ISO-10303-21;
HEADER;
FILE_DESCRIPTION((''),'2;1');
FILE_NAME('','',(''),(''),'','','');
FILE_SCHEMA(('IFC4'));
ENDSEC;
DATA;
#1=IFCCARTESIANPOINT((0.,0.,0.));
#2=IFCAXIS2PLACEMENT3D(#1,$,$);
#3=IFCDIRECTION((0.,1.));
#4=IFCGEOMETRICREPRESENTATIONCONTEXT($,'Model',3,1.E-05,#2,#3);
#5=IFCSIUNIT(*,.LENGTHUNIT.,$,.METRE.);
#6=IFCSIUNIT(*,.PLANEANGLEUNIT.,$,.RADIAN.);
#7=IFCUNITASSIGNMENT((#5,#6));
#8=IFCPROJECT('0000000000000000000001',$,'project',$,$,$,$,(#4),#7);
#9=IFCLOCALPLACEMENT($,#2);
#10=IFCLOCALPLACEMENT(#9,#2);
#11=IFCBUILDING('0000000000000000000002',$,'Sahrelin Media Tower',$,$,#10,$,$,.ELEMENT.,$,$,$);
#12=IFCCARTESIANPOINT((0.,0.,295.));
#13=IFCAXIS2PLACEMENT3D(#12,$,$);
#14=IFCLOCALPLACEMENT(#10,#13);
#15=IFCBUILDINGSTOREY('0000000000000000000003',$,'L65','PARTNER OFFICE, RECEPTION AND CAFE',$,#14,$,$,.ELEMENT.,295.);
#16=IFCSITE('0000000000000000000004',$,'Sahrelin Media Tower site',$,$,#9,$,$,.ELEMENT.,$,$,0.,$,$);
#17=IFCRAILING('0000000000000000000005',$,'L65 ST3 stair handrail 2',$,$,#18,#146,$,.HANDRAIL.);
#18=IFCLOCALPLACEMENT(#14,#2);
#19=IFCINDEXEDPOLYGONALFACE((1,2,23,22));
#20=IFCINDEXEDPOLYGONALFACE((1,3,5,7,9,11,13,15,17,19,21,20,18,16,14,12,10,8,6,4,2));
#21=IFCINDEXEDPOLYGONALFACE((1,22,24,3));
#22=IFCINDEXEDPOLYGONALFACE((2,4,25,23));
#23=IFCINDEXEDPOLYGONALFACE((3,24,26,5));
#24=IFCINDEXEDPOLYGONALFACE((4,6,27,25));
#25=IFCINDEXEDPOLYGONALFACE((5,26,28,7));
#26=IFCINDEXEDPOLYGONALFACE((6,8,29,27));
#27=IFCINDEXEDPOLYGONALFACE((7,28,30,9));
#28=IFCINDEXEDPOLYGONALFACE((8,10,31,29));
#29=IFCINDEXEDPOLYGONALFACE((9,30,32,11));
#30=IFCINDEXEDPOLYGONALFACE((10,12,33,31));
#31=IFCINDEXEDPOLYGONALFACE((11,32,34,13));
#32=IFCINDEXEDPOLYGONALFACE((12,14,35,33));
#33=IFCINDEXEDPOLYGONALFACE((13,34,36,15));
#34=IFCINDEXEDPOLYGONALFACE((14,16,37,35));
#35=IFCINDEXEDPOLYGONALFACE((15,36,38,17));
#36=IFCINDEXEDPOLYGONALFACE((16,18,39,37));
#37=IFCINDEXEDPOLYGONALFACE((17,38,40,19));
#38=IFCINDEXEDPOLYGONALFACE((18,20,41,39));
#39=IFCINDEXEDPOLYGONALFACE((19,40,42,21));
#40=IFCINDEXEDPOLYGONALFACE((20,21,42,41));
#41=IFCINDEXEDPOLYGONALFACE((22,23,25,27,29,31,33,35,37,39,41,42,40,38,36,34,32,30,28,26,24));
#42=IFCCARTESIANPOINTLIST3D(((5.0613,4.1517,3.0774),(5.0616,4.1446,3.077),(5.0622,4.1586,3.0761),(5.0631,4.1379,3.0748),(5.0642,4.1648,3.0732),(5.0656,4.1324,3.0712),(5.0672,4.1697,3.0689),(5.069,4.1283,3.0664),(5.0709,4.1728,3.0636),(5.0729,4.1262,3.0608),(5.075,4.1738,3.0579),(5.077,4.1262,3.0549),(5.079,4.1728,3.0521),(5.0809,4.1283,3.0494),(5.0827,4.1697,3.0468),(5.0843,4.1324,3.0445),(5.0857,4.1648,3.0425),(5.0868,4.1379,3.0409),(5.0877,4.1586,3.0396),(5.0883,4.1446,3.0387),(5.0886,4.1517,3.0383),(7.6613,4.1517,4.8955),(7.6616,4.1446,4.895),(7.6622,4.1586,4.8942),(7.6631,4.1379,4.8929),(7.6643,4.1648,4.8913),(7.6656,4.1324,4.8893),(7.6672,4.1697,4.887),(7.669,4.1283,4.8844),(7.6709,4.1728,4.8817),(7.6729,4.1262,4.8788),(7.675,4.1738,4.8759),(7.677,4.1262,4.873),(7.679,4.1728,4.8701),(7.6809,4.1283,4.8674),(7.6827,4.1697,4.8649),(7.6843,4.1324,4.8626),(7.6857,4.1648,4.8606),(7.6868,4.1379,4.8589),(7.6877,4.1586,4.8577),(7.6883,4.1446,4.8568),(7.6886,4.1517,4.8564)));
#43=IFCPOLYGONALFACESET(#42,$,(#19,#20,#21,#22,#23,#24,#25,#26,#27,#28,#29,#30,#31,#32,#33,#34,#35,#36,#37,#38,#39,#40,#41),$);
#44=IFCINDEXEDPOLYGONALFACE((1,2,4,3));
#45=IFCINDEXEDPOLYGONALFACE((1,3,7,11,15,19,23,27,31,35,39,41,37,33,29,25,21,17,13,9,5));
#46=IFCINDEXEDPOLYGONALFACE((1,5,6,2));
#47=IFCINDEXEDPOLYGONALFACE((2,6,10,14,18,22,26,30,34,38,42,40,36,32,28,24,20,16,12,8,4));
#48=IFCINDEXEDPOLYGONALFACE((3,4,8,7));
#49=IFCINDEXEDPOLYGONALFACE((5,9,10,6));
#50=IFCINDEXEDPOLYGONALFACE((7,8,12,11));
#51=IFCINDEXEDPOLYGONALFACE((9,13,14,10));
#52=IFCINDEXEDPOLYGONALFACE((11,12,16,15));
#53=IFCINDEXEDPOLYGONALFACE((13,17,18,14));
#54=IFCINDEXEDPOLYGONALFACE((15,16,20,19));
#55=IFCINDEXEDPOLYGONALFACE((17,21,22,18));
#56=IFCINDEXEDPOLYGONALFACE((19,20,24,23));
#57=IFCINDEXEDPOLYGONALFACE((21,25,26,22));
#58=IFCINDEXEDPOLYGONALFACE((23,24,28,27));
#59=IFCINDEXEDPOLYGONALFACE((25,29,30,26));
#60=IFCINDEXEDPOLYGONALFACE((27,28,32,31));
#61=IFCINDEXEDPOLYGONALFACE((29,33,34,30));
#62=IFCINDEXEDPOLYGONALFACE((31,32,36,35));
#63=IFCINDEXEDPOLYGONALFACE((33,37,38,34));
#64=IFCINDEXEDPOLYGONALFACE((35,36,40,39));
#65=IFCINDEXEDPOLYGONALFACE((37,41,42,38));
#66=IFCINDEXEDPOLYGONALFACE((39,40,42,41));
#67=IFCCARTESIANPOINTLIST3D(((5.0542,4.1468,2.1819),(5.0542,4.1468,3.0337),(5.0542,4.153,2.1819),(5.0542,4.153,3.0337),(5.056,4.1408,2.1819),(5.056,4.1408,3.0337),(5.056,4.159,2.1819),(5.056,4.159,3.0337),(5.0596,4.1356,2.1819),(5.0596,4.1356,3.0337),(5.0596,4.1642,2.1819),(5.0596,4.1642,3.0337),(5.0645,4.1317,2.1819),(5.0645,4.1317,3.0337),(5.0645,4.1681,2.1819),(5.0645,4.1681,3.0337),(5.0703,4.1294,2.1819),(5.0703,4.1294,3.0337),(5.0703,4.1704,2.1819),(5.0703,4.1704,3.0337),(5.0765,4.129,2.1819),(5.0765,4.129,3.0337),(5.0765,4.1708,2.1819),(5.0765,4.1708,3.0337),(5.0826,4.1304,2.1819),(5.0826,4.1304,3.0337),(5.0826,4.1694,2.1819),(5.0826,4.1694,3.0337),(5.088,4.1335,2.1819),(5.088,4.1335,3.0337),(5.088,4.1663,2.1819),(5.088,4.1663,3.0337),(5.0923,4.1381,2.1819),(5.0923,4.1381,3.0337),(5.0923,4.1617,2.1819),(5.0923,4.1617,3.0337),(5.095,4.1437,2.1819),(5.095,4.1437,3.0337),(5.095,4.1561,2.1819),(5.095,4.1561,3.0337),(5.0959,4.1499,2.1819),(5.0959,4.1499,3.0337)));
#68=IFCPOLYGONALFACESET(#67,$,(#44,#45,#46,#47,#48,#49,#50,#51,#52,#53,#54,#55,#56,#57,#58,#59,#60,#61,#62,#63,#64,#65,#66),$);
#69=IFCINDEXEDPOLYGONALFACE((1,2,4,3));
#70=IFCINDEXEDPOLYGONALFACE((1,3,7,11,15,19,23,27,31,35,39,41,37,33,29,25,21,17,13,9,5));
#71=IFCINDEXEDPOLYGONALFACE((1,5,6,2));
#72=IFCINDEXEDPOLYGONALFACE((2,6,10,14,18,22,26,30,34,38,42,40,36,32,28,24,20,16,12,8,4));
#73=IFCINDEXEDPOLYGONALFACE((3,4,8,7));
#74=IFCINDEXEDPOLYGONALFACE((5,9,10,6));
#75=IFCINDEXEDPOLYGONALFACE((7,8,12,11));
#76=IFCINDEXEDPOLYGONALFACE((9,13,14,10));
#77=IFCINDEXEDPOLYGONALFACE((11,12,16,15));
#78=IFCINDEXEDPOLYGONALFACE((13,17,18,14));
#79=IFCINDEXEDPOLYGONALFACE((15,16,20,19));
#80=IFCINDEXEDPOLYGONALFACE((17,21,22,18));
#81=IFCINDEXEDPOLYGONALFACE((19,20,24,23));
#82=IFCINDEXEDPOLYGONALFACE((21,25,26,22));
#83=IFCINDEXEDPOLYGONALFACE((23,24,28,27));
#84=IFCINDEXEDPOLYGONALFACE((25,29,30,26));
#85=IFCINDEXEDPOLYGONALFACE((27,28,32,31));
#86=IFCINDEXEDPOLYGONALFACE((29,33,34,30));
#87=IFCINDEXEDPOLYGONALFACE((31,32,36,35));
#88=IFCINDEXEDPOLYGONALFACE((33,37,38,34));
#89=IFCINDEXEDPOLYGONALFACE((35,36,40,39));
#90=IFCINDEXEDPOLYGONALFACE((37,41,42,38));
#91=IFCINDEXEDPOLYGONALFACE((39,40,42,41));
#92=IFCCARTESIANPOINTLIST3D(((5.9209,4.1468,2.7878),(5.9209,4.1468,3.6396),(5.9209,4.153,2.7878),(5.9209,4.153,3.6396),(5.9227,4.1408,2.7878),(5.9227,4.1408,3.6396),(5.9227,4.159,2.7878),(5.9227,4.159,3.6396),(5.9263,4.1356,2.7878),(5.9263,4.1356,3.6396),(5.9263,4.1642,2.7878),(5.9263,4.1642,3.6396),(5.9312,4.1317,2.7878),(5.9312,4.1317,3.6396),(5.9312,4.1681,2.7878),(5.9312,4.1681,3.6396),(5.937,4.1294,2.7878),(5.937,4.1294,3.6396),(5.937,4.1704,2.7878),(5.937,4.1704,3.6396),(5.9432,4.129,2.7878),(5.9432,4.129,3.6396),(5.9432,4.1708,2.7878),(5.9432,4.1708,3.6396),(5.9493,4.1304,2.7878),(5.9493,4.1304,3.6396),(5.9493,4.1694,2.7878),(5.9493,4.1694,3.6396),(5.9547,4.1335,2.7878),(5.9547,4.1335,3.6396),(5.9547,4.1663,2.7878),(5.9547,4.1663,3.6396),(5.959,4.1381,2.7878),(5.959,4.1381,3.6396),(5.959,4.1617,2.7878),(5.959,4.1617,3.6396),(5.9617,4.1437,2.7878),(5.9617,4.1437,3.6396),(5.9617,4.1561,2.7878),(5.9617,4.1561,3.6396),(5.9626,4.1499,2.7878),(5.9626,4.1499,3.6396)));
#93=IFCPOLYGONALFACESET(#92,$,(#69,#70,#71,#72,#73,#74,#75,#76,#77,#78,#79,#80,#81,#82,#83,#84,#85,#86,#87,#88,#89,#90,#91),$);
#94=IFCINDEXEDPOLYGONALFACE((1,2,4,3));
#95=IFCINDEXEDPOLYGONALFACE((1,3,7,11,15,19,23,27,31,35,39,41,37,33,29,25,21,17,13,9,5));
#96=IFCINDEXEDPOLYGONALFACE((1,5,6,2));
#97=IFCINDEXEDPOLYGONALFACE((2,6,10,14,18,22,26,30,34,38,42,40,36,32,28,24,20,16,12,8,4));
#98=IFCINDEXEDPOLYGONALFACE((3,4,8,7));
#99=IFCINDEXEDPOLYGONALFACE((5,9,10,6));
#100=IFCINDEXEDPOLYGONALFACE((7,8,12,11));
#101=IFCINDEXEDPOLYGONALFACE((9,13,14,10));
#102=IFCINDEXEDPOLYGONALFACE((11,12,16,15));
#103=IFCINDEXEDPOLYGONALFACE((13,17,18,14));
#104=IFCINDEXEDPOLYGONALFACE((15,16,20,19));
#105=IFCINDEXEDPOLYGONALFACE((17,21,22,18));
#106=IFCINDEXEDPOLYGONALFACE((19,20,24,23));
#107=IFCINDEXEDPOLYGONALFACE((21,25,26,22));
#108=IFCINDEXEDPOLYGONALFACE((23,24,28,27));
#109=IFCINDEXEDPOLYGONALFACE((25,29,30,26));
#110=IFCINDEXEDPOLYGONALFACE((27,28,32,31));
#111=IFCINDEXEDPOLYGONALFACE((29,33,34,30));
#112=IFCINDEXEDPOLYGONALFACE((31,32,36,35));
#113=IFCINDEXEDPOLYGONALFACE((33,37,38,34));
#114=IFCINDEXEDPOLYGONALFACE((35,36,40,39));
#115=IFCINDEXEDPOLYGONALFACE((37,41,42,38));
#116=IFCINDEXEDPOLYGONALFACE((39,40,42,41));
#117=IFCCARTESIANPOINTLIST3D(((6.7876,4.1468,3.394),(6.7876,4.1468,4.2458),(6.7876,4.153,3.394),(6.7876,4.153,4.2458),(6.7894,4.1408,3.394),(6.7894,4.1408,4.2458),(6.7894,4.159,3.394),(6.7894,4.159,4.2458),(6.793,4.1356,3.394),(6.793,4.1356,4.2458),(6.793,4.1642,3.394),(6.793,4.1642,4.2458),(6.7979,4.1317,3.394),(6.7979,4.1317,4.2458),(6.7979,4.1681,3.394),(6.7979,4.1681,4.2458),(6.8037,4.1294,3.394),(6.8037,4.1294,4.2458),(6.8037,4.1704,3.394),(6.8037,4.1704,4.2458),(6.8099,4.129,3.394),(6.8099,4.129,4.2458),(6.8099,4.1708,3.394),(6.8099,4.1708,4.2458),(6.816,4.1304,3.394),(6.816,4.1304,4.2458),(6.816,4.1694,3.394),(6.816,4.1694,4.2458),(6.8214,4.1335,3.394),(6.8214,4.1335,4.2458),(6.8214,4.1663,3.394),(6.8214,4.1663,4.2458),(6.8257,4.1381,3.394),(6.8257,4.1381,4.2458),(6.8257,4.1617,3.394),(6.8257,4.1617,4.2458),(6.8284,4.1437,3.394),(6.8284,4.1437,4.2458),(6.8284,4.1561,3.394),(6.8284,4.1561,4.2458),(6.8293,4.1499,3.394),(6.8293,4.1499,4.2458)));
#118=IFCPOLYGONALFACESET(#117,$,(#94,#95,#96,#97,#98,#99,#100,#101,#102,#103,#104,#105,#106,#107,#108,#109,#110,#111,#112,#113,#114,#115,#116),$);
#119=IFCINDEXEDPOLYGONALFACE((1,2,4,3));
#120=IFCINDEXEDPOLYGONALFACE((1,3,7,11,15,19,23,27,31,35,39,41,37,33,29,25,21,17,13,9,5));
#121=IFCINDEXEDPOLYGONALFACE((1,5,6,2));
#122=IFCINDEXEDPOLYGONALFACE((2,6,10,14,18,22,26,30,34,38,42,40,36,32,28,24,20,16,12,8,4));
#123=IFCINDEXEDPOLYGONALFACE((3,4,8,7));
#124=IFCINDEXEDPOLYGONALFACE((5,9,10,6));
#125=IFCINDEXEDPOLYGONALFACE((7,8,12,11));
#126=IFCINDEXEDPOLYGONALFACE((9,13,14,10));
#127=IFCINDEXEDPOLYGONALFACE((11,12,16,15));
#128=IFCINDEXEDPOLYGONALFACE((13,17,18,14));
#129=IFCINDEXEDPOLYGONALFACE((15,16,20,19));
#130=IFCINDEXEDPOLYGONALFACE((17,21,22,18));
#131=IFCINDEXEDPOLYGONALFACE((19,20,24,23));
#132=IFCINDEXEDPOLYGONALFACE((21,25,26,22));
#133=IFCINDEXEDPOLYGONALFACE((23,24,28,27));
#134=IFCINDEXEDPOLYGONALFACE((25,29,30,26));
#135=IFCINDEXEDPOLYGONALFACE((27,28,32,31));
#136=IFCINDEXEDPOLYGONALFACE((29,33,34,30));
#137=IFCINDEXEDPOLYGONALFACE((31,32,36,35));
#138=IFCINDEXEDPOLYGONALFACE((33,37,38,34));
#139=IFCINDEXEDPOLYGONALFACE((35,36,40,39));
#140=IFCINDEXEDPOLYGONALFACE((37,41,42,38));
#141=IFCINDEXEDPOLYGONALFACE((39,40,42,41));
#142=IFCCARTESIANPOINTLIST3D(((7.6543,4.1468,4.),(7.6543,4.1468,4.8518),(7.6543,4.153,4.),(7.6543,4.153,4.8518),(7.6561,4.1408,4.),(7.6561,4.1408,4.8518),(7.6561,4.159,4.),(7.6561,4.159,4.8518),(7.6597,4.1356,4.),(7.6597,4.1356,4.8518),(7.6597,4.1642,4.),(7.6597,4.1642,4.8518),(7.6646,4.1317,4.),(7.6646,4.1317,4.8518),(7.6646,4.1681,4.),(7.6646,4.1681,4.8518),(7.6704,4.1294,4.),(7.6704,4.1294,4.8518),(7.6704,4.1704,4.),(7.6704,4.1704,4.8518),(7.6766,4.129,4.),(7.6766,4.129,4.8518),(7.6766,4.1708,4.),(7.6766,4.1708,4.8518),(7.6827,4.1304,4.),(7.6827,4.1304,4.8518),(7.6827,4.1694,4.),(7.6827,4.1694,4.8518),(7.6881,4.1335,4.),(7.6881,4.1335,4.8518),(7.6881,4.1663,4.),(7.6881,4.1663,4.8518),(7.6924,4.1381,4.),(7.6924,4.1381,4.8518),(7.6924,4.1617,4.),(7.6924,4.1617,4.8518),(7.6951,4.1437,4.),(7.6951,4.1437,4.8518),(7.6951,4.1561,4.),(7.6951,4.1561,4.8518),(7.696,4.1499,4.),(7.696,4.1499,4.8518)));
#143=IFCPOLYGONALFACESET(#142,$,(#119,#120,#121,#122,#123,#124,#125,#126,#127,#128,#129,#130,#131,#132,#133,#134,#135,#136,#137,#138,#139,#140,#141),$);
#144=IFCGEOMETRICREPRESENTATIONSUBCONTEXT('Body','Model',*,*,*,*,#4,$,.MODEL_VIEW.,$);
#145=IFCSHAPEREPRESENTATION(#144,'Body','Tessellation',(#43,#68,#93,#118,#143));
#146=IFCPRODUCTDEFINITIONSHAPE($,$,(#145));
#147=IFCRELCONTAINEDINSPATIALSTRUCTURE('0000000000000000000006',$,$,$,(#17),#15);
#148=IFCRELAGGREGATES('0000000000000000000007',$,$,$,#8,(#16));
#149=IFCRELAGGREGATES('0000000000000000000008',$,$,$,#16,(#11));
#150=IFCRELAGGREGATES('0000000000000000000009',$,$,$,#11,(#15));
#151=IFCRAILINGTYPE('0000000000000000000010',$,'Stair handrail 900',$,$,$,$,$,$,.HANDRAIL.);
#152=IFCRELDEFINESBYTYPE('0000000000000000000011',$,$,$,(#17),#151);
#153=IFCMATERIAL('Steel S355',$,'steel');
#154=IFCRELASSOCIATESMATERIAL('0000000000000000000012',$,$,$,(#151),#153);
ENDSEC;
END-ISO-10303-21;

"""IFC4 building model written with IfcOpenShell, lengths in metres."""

from ifc_helpers import new_model, si_unit, direction, frame, origin, origin_2d, place, context, subcontext, project, spatial, circle, extrude, material, type_object, element, save


model = new_model("IFC4")

# Units and contexts
model_context = context("Model", 3, precision=1e-05, world=origin(), true_north=direction((0.0, 1.0)))
body_context = subcontext(model_context, "Body", "Model", "MODEL_VIEW")
ifc_project = project(units=[si_unit("LENGTHUNIT", "METRE"), si_unit("PLANEANGLEUNIT", "RADIAN")], contexts=[model_context])

# Site, building, storey
site_placement = place(None, origin())
site = spatial("IfcSite", under=ifc_project, at=site_placement, Name="Sahrelin Media Tower site", CompositionType="ELEMENT", RefElevation=0.0)
building_placement = place(site_placement, origin())
building = spatial("IfcBuilding", under=site, at=building_placement, Name="Sahrelin Media Tower", CompositionType="ELEMENT")
storey_placement = place(building_placement, frame((0.0, 0.0, 295.0)))
storey = spatial("IfcBuildingStorey", under=building, at=storey_placement, Name="L65", Description="PARTNER OFFICE, RECEPTION AND CAFE", CompositionType="ELEMENT", Elevation=295.0)

# Shared definitions
ifc_material_1 = material(Name="Steel S355", Category="steel")

# Railing
railing_type_1 = type_object("IfcRailingType", Name="Stair handrail 900", PredefinedType="HANDRAIL", material=ifc_material_1)
railing_1_placement = place(storey_placement, frame((5.075, 4.1499, 2.1819)))
element("IfcRailing", 1, at=railing_1_placement, inside=storey, type_object=railing_type_1, Name="L65 ST3 stair handrail 2", PredefinedType="HANDRAIL", context=body_context, shape_type="SweptSolid", body=[
    extrude(circle(Radius=0.0239, at=origin_2d()), frame((0.0, 0.0, 0.876), z_axis=(0.819521, 0.0, 0.573049), x_axis=(0.0, 1.0, 0.0)), (0.0, 0.0, 1.0), 3.1726),
    extrude(circle(Radius=0.021, at=origin_2d()), origin(), (0.0, 0.0, 1.0), 0.8518),
    extrude(circle(Radius=0.021, at=origin_2d()), frame((0.8667, 0.0, 0.606)), (0.0, 0.0, 1.0), 0.8518),
    extrude(circle(Radius=0.021, at=origin_2d()), frame((1.7334, 0.0, 1.2122)), (0.0, 0.0, 1.0), 0.8518),
    extrude(circle(Radius=0.021, at=origin_2d()), frame((2.6001, 0.0, 1.8181)), (0.0, 0.0, 1.0), 0.8518),
])

save(model, "model.ifc")
